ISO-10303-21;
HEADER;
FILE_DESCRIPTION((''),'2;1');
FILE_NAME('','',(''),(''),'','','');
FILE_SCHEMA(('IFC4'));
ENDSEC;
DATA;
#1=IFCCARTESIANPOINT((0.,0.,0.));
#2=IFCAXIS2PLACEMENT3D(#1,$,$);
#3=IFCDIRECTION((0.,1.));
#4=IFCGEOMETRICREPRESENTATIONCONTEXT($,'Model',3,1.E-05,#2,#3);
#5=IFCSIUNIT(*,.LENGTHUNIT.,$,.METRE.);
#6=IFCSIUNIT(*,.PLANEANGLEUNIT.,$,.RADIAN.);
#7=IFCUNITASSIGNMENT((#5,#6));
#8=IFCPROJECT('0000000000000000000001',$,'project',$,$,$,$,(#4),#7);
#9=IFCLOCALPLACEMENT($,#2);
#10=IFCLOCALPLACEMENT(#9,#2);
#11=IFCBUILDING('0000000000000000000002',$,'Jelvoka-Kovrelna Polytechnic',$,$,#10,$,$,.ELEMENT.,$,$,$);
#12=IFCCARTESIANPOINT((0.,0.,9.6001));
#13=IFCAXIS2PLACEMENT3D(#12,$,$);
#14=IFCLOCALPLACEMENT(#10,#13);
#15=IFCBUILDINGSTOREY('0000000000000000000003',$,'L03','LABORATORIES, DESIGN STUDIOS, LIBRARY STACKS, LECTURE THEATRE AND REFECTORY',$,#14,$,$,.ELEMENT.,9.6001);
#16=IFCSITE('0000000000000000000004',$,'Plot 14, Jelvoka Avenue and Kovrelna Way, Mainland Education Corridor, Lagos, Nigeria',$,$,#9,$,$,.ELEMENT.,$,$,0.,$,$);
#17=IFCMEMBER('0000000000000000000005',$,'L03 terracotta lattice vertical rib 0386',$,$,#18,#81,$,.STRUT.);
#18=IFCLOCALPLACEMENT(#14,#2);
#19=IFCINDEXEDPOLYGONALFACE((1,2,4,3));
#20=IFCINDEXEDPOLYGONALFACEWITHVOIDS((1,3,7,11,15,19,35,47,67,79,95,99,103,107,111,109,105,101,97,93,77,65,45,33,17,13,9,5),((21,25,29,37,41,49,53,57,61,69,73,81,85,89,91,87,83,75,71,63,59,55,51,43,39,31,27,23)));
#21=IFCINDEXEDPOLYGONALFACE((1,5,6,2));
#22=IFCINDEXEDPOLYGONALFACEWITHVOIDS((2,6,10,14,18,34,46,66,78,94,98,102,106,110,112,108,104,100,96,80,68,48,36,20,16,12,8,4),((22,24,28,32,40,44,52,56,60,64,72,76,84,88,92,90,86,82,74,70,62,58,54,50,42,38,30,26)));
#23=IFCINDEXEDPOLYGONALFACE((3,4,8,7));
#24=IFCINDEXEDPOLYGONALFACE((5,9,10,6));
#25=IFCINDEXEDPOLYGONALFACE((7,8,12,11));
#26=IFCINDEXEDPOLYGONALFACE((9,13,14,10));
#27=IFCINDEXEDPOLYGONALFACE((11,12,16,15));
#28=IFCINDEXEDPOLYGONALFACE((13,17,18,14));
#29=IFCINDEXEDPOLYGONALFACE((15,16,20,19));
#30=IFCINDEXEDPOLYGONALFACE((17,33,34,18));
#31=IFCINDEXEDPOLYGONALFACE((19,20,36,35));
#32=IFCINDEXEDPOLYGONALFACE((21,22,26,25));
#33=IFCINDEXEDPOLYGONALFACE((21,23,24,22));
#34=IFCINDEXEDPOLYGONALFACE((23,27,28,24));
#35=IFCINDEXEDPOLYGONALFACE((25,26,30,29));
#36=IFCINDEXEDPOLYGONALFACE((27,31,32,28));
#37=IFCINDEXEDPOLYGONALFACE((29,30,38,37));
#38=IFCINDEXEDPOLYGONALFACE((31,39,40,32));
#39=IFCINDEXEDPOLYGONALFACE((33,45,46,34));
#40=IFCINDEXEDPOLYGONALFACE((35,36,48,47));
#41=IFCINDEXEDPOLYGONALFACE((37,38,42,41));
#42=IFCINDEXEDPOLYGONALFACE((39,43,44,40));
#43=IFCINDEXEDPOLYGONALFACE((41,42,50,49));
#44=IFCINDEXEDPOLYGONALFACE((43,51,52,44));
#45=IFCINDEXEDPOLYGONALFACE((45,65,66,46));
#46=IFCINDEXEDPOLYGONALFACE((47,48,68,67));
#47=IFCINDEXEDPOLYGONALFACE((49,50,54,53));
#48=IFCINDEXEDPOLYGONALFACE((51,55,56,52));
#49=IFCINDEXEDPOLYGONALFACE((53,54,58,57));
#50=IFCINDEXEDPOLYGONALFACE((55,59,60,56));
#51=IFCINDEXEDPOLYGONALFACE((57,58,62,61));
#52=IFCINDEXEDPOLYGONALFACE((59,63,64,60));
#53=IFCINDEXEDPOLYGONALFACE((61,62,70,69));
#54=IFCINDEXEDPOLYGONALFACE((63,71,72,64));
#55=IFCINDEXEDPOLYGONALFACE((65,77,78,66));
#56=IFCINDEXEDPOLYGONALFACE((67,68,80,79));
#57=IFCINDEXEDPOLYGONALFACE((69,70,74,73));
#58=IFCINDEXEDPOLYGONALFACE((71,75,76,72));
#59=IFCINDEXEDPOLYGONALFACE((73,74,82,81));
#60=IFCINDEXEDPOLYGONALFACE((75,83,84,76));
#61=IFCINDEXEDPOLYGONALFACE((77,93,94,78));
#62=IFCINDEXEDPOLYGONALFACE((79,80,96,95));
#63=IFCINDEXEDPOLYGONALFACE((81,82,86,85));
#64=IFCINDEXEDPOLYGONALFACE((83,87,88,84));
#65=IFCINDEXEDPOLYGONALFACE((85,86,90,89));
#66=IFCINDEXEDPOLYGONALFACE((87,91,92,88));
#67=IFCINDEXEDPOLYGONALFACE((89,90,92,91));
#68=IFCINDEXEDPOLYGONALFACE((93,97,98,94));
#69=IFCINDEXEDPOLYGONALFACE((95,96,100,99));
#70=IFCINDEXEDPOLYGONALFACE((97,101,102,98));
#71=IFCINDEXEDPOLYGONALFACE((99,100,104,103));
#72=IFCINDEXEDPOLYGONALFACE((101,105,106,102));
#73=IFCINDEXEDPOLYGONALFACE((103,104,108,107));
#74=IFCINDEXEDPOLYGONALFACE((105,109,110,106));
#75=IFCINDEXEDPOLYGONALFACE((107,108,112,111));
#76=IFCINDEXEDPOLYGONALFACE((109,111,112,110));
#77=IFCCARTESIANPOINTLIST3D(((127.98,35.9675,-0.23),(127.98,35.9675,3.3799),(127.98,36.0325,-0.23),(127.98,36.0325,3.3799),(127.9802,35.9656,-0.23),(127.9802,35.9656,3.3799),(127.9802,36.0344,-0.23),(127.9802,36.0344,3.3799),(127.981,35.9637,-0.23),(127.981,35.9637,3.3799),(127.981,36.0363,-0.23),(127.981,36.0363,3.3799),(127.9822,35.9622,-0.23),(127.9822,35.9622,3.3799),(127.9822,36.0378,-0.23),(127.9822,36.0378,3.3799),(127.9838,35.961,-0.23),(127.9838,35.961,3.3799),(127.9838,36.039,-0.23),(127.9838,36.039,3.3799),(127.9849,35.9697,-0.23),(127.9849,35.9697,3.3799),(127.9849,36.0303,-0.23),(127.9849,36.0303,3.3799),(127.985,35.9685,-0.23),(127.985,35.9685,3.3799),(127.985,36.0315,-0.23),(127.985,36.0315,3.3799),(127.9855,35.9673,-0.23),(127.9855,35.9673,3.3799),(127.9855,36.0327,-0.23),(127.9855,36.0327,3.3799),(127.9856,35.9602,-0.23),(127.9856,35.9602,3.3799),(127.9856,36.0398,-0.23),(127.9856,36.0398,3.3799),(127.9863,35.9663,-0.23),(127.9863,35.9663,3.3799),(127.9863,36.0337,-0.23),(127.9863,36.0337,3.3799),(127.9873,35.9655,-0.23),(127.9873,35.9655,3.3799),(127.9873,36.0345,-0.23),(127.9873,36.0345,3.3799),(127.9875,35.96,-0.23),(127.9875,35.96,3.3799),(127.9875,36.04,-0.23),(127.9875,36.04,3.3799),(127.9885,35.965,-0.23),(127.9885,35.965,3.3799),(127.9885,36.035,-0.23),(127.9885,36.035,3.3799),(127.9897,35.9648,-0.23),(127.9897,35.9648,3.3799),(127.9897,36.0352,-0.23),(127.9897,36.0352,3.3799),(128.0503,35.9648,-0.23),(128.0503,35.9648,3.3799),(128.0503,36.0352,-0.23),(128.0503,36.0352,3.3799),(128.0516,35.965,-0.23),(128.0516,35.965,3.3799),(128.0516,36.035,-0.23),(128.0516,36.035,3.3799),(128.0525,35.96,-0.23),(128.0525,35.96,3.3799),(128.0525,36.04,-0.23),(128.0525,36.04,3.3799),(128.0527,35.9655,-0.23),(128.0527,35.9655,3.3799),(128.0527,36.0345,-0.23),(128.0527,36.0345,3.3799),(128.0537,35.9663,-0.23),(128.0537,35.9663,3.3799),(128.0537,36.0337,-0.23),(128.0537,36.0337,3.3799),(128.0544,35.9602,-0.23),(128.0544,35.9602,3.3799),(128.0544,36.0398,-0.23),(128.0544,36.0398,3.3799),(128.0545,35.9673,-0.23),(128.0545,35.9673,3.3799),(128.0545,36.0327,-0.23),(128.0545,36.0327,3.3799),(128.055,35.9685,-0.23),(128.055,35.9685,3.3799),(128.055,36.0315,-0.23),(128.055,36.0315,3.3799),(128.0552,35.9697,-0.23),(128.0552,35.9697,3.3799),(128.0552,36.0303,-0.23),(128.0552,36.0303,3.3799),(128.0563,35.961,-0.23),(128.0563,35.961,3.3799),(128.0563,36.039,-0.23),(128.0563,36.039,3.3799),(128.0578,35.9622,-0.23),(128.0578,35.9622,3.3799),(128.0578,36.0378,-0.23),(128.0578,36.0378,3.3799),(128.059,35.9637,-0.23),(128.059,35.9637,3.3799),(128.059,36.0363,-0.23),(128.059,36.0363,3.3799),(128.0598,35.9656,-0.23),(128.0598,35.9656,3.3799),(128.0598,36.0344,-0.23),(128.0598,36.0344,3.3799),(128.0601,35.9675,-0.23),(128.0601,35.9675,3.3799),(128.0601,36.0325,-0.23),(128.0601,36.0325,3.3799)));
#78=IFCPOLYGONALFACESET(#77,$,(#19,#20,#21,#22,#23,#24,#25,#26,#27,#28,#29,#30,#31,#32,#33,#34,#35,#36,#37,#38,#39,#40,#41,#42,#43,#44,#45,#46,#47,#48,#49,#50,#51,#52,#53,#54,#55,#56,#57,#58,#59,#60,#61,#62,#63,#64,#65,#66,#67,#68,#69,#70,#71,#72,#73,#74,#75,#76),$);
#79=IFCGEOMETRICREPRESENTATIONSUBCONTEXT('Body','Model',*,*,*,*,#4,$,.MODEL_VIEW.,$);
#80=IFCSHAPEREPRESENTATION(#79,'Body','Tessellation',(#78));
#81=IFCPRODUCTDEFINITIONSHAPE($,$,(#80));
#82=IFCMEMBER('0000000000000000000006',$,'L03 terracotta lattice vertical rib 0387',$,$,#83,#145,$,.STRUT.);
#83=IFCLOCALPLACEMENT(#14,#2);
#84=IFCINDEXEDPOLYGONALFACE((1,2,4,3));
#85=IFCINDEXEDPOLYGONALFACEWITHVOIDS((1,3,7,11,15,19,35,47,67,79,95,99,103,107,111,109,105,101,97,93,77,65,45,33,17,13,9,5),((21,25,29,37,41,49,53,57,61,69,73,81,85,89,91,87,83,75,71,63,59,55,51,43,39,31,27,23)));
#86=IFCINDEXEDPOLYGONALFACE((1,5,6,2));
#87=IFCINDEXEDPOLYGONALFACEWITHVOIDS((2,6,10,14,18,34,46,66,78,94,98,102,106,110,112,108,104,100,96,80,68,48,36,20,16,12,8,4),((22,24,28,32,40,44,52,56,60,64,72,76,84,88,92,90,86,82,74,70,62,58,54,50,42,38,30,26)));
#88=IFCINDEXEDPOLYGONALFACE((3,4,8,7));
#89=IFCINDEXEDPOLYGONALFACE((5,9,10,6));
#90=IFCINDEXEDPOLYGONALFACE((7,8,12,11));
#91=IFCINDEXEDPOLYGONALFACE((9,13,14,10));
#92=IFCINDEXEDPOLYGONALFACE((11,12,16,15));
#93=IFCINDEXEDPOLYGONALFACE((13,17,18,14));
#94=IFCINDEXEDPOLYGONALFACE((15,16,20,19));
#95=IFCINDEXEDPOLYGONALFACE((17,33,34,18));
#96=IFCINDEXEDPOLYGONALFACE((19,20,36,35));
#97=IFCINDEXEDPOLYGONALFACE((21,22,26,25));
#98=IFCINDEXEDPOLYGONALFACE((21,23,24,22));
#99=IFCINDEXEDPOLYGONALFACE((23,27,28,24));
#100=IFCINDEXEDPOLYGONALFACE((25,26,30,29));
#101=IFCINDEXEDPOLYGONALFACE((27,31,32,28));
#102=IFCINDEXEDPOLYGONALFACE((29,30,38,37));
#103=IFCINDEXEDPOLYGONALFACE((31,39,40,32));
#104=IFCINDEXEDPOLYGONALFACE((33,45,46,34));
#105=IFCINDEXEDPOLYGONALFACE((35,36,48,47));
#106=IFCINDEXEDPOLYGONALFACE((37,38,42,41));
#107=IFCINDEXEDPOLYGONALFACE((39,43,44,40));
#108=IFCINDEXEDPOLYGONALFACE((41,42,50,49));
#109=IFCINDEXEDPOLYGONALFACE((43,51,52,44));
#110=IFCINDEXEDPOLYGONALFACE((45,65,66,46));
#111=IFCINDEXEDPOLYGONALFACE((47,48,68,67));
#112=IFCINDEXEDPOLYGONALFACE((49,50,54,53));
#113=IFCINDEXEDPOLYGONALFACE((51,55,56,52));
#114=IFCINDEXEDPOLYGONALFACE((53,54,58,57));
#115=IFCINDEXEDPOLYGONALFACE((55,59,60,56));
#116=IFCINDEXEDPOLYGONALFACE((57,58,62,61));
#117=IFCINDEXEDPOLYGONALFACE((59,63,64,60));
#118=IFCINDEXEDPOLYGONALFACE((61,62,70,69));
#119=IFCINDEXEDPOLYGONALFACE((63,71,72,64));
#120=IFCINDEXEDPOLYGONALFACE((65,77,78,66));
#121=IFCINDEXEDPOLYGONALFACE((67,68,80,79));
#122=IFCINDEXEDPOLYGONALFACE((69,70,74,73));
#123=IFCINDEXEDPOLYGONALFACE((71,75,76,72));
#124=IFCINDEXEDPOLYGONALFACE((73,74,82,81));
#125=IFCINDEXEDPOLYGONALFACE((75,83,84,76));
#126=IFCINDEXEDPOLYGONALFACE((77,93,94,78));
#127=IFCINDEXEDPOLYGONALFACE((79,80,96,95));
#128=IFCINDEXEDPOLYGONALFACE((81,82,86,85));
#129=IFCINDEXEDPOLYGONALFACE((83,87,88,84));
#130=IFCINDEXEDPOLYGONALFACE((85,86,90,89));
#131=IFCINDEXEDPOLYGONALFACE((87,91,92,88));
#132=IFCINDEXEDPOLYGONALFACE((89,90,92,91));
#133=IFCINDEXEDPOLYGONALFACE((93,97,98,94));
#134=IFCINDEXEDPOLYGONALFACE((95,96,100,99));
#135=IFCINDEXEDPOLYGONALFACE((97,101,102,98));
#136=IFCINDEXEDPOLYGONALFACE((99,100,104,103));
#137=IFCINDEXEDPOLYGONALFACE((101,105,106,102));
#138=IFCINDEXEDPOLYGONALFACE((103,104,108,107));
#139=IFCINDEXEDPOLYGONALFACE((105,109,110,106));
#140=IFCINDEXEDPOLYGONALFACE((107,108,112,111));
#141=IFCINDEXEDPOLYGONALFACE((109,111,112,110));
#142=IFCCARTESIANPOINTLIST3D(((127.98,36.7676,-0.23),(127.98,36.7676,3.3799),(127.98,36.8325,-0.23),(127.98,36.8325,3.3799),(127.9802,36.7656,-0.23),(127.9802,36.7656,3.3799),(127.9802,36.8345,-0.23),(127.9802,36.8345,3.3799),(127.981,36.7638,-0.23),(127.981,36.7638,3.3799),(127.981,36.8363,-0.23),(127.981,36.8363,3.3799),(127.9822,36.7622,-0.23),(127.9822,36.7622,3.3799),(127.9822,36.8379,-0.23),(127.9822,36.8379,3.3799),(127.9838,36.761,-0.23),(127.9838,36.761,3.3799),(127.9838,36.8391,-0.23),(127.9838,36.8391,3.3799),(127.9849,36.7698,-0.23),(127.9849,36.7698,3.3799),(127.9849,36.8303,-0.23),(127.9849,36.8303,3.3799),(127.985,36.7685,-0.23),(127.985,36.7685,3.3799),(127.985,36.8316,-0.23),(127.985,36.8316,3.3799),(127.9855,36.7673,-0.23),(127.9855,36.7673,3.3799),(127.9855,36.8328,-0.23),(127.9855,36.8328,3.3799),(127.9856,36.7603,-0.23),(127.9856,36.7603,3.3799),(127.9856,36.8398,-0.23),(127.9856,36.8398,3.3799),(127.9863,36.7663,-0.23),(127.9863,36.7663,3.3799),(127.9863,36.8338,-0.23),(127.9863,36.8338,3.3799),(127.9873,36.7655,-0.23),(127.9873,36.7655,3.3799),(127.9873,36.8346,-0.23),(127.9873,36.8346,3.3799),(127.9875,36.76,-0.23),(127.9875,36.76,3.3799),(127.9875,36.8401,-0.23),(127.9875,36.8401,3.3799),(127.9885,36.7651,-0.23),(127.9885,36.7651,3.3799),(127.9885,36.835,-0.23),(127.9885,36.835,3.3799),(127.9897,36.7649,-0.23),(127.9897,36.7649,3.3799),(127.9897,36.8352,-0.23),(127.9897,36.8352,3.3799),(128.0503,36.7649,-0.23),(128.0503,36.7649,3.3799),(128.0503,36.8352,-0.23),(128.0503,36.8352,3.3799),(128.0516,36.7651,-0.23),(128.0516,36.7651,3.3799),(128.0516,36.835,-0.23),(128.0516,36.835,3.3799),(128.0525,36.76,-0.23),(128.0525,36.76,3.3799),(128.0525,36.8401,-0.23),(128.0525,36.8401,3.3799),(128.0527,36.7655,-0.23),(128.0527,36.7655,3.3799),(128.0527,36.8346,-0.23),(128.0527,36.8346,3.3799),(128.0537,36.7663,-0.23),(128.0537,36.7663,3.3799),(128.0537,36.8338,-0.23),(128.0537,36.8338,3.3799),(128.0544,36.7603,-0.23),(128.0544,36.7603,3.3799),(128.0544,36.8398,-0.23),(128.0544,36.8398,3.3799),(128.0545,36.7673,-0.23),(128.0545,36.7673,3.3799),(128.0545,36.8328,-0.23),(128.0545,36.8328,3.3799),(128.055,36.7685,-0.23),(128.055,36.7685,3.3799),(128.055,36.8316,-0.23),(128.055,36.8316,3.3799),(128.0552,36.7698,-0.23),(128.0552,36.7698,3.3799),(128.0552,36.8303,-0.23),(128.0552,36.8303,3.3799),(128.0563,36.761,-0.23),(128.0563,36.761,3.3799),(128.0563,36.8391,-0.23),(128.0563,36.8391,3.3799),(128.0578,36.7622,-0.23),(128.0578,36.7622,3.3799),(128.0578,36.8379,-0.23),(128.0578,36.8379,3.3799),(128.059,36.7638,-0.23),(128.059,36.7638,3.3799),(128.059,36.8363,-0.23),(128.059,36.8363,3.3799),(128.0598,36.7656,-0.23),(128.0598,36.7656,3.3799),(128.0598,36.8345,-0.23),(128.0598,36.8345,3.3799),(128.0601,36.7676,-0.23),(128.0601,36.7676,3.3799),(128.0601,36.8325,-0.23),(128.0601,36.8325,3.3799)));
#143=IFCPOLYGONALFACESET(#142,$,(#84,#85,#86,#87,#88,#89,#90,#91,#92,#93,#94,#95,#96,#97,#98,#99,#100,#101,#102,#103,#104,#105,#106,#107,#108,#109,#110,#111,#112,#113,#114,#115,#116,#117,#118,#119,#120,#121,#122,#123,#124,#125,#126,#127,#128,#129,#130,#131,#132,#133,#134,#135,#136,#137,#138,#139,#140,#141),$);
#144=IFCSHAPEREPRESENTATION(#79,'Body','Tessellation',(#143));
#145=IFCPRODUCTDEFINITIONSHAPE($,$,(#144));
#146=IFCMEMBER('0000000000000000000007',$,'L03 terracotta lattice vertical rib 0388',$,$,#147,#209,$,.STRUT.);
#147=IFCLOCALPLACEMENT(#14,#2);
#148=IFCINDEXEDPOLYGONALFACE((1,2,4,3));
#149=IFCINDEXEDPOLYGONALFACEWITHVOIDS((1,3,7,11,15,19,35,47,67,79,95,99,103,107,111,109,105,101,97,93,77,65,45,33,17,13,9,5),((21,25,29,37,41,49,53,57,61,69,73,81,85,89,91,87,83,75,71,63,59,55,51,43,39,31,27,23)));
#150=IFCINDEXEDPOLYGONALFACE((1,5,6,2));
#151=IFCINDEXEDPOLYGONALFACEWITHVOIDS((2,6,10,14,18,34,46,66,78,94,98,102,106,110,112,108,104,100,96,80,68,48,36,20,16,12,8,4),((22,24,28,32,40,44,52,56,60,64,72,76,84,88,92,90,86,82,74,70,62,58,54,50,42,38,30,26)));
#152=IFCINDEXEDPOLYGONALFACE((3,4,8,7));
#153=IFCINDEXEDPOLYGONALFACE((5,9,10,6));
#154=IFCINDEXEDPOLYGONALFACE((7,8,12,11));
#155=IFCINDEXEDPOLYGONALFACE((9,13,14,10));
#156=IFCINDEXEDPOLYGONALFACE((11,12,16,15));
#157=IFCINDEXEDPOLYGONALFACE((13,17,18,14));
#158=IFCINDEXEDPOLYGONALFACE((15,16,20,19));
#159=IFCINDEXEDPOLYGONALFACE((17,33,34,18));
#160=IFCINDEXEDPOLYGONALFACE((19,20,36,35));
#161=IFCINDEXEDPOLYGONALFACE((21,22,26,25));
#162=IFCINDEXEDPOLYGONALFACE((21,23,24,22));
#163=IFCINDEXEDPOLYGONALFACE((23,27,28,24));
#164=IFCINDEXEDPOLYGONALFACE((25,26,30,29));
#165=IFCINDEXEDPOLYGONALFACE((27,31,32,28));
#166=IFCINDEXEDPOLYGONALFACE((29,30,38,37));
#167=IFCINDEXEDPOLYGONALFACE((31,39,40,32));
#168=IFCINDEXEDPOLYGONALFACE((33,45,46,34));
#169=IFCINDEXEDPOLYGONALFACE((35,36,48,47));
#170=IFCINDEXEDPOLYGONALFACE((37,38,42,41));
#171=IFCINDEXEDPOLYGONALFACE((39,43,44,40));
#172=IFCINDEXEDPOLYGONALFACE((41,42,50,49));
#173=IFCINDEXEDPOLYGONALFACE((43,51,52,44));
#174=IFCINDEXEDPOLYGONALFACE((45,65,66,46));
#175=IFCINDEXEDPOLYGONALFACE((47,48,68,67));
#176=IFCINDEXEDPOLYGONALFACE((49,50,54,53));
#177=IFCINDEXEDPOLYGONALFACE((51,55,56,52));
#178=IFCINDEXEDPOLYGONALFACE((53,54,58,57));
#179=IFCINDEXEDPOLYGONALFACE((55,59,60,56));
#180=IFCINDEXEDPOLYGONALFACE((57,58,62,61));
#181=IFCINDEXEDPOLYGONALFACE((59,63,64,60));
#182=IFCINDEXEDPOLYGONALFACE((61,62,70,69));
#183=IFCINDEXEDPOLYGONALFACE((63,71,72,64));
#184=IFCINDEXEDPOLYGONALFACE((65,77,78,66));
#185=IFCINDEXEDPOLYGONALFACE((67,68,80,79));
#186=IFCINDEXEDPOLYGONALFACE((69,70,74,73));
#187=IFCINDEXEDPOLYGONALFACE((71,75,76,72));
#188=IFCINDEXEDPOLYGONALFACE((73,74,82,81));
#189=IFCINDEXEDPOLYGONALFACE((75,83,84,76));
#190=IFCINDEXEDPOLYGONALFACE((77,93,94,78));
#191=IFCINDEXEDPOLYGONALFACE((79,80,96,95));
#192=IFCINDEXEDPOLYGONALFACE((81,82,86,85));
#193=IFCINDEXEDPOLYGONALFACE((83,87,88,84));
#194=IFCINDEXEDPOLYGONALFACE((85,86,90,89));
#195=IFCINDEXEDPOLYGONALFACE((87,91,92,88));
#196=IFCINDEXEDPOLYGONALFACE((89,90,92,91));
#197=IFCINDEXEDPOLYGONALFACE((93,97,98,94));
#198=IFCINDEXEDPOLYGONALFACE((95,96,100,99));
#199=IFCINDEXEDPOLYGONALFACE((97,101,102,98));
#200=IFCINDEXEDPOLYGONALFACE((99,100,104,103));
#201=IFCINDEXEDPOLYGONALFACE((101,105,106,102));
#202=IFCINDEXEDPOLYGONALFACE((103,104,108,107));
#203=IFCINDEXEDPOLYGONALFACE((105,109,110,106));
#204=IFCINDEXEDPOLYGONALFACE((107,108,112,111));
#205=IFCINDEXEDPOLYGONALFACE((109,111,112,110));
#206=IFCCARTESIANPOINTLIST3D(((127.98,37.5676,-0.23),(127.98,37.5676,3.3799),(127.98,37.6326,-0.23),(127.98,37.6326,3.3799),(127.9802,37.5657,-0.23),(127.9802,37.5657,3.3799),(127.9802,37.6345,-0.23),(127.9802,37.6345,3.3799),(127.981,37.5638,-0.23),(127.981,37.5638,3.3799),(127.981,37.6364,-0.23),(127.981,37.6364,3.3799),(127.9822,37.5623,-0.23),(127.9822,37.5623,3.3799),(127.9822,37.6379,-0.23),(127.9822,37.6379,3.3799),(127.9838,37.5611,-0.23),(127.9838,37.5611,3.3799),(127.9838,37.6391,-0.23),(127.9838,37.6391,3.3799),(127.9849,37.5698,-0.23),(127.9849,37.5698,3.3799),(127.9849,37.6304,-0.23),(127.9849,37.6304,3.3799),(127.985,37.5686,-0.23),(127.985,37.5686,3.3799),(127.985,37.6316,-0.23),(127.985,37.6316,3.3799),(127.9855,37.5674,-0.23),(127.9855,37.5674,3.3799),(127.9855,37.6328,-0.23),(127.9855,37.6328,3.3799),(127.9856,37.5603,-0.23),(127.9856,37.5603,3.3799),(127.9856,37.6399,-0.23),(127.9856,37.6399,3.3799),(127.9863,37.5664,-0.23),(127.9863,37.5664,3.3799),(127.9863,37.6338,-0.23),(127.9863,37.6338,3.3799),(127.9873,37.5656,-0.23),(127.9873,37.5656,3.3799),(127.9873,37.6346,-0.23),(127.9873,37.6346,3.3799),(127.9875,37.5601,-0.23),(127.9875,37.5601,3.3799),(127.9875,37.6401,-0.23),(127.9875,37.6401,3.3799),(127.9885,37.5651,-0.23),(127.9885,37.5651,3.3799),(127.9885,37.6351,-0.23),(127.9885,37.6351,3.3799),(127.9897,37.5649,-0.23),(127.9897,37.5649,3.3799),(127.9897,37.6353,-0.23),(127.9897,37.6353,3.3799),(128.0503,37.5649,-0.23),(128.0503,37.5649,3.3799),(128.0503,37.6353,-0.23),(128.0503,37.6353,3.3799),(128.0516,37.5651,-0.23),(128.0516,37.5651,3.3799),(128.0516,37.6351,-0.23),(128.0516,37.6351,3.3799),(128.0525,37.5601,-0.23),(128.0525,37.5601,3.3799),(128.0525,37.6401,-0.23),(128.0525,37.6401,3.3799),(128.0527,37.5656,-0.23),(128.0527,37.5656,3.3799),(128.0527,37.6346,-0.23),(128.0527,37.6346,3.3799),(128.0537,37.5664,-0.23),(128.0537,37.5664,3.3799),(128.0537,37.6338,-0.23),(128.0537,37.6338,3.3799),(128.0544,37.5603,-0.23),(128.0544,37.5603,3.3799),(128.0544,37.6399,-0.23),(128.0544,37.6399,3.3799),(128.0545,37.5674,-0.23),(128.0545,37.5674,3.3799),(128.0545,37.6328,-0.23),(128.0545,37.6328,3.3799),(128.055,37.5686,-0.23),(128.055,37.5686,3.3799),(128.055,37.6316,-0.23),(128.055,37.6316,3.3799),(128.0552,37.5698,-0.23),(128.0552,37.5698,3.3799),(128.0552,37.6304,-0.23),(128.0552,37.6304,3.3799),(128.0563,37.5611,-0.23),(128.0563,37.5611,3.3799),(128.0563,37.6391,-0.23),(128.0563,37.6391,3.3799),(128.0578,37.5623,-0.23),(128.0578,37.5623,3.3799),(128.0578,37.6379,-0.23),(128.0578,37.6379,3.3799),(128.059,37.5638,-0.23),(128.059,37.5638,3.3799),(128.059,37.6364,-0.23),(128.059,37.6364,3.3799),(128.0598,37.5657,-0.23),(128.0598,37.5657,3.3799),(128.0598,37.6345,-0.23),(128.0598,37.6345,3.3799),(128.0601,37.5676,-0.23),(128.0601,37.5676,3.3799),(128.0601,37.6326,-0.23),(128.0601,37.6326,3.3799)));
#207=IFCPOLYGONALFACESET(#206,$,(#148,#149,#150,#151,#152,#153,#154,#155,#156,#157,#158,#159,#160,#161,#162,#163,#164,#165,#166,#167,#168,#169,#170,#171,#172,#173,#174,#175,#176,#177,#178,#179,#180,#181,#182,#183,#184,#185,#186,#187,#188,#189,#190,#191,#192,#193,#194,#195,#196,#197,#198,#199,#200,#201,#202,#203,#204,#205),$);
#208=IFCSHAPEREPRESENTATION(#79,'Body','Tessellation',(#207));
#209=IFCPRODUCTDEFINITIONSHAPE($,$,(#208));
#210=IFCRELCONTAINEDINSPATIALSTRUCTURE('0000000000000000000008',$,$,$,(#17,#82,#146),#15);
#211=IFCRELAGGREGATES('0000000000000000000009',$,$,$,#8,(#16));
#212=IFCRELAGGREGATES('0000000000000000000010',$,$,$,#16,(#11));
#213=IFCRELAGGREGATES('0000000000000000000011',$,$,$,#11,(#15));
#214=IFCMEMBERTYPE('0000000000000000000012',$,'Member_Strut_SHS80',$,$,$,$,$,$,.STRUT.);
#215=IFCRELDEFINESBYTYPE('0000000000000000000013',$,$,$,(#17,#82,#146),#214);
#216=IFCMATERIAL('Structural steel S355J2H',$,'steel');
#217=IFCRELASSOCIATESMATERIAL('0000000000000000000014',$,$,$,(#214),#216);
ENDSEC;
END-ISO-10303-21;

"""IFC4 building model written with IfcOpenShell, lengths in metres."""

from ifc_helpers import new_model, si_unit, direction, frame, origin, origin_2d, place, context, subcontext, project, spatial, hollow_rectangle, extrude, material, material_profile, profile_set, type_object, element, save


model = new_model("IFC4")

# Units and contexts
model_context = context("Model", 3, precision=1e-05, world=origin(), true_north=direction((0.0, 1.0)))
body_context = subcontext(model_context, "Body", "Model", "MODEL_VIEW")
ifc_project = project(units=[si_unit("LENGTHUNIT", "METRE"), si_unit("PLANEANGLEUNIT", "RADIAN")], contexts=[model_context])

# Site, building, storey
site_placement = place(None, origin())
site = spatial("IfcSite", under=ifc_project, at=site_placement, Name="Plot 14, Jelvoka Avenue and Kovrelna Way, Mainland Education Corridor, Lagos, Nigeria", CompositionType="ELEMENT", RefElevation=0.0)
building_placement = place(site_placement, origin())
building = spatial("IfcBuilding", under=site, at=building_placement, Name="Jelvoka-Kovrelna Polytechnic", CompositionType="ELEMENT")
storey_placement = place(building_placement, frame((0.0, 0.0, 9.6001)))
storey = spatial("IfcBuildingStorey", under=building, at=storey_placement, Name="L03", Description="LABORATORIES, DESIGN STUDIOS, LIBRARY STACKS, LECTURE THEATRE AND REFECTORY", CompositionType="ELEMENT", Elevation=9.6001)

# Members
ifc_material_1 = material(Name="Structural steel S355J2H", Category="steel")
ifc_material_profile_1 = material_profile(ifc_material_1, hollow_rectangle(XDim=0.0801, YDim=0.0801, WallThickness=0.0049, InnerFilletRadius=0.0049, OuterFilletRadius=0.0076, at=origin_2d()), Name="80x80x5.0 SHS")
ifc_profile_set_1 = profile_set([ifc_material_profile_1], Name="Structural steel S355J2H")
member_type_1 = type_object("IfcMemberType", Name="Member_Strut_SHS80", PredefinedType="STRUT", material=ifc_profile_set_1)
for number, where, z_axis, x_axis, name in (
    (1, (128.02, 36.0, -0.23), (0.0, 0.0, 1.0), (1.0, 0.0, 0.0), "L03 terracotta lattice vertical rib 0386"),
    (2, (128.02, 36.8, -0.23), (0.0, 0.0, 1.0), (1.0, 0.0, 0.0), "L03 terracotta lattice vertical rib 0387"),
    (3, (128.02, 37.6001, -0.23), (0.0, 0.0, 1.0), (1.0, 0.0, 0.0), "L03 terracotta lattice vertical rib 0388"),
):
    element("IfcMember", number, at=place(storey_placement, frame(where, z_axis=z_axis, x_axis=x_axis)), inside=storey, type_object=member_type_1, Name=name, PredefinedType="STRUT", context=body_context, shape_type="SweptSolid", body=[
        extrude(hollow_rectangle(XDim=0.0801, YDim=0.0801, WallThickness=0.0049, InnerFilletRadius=0.0049, OuterFilletRadius=0.0076, at=origin_2d()), origin(), (0.0, 0.0, 1.0), 3.6099),
    ])

save(model, "model.ifc")
